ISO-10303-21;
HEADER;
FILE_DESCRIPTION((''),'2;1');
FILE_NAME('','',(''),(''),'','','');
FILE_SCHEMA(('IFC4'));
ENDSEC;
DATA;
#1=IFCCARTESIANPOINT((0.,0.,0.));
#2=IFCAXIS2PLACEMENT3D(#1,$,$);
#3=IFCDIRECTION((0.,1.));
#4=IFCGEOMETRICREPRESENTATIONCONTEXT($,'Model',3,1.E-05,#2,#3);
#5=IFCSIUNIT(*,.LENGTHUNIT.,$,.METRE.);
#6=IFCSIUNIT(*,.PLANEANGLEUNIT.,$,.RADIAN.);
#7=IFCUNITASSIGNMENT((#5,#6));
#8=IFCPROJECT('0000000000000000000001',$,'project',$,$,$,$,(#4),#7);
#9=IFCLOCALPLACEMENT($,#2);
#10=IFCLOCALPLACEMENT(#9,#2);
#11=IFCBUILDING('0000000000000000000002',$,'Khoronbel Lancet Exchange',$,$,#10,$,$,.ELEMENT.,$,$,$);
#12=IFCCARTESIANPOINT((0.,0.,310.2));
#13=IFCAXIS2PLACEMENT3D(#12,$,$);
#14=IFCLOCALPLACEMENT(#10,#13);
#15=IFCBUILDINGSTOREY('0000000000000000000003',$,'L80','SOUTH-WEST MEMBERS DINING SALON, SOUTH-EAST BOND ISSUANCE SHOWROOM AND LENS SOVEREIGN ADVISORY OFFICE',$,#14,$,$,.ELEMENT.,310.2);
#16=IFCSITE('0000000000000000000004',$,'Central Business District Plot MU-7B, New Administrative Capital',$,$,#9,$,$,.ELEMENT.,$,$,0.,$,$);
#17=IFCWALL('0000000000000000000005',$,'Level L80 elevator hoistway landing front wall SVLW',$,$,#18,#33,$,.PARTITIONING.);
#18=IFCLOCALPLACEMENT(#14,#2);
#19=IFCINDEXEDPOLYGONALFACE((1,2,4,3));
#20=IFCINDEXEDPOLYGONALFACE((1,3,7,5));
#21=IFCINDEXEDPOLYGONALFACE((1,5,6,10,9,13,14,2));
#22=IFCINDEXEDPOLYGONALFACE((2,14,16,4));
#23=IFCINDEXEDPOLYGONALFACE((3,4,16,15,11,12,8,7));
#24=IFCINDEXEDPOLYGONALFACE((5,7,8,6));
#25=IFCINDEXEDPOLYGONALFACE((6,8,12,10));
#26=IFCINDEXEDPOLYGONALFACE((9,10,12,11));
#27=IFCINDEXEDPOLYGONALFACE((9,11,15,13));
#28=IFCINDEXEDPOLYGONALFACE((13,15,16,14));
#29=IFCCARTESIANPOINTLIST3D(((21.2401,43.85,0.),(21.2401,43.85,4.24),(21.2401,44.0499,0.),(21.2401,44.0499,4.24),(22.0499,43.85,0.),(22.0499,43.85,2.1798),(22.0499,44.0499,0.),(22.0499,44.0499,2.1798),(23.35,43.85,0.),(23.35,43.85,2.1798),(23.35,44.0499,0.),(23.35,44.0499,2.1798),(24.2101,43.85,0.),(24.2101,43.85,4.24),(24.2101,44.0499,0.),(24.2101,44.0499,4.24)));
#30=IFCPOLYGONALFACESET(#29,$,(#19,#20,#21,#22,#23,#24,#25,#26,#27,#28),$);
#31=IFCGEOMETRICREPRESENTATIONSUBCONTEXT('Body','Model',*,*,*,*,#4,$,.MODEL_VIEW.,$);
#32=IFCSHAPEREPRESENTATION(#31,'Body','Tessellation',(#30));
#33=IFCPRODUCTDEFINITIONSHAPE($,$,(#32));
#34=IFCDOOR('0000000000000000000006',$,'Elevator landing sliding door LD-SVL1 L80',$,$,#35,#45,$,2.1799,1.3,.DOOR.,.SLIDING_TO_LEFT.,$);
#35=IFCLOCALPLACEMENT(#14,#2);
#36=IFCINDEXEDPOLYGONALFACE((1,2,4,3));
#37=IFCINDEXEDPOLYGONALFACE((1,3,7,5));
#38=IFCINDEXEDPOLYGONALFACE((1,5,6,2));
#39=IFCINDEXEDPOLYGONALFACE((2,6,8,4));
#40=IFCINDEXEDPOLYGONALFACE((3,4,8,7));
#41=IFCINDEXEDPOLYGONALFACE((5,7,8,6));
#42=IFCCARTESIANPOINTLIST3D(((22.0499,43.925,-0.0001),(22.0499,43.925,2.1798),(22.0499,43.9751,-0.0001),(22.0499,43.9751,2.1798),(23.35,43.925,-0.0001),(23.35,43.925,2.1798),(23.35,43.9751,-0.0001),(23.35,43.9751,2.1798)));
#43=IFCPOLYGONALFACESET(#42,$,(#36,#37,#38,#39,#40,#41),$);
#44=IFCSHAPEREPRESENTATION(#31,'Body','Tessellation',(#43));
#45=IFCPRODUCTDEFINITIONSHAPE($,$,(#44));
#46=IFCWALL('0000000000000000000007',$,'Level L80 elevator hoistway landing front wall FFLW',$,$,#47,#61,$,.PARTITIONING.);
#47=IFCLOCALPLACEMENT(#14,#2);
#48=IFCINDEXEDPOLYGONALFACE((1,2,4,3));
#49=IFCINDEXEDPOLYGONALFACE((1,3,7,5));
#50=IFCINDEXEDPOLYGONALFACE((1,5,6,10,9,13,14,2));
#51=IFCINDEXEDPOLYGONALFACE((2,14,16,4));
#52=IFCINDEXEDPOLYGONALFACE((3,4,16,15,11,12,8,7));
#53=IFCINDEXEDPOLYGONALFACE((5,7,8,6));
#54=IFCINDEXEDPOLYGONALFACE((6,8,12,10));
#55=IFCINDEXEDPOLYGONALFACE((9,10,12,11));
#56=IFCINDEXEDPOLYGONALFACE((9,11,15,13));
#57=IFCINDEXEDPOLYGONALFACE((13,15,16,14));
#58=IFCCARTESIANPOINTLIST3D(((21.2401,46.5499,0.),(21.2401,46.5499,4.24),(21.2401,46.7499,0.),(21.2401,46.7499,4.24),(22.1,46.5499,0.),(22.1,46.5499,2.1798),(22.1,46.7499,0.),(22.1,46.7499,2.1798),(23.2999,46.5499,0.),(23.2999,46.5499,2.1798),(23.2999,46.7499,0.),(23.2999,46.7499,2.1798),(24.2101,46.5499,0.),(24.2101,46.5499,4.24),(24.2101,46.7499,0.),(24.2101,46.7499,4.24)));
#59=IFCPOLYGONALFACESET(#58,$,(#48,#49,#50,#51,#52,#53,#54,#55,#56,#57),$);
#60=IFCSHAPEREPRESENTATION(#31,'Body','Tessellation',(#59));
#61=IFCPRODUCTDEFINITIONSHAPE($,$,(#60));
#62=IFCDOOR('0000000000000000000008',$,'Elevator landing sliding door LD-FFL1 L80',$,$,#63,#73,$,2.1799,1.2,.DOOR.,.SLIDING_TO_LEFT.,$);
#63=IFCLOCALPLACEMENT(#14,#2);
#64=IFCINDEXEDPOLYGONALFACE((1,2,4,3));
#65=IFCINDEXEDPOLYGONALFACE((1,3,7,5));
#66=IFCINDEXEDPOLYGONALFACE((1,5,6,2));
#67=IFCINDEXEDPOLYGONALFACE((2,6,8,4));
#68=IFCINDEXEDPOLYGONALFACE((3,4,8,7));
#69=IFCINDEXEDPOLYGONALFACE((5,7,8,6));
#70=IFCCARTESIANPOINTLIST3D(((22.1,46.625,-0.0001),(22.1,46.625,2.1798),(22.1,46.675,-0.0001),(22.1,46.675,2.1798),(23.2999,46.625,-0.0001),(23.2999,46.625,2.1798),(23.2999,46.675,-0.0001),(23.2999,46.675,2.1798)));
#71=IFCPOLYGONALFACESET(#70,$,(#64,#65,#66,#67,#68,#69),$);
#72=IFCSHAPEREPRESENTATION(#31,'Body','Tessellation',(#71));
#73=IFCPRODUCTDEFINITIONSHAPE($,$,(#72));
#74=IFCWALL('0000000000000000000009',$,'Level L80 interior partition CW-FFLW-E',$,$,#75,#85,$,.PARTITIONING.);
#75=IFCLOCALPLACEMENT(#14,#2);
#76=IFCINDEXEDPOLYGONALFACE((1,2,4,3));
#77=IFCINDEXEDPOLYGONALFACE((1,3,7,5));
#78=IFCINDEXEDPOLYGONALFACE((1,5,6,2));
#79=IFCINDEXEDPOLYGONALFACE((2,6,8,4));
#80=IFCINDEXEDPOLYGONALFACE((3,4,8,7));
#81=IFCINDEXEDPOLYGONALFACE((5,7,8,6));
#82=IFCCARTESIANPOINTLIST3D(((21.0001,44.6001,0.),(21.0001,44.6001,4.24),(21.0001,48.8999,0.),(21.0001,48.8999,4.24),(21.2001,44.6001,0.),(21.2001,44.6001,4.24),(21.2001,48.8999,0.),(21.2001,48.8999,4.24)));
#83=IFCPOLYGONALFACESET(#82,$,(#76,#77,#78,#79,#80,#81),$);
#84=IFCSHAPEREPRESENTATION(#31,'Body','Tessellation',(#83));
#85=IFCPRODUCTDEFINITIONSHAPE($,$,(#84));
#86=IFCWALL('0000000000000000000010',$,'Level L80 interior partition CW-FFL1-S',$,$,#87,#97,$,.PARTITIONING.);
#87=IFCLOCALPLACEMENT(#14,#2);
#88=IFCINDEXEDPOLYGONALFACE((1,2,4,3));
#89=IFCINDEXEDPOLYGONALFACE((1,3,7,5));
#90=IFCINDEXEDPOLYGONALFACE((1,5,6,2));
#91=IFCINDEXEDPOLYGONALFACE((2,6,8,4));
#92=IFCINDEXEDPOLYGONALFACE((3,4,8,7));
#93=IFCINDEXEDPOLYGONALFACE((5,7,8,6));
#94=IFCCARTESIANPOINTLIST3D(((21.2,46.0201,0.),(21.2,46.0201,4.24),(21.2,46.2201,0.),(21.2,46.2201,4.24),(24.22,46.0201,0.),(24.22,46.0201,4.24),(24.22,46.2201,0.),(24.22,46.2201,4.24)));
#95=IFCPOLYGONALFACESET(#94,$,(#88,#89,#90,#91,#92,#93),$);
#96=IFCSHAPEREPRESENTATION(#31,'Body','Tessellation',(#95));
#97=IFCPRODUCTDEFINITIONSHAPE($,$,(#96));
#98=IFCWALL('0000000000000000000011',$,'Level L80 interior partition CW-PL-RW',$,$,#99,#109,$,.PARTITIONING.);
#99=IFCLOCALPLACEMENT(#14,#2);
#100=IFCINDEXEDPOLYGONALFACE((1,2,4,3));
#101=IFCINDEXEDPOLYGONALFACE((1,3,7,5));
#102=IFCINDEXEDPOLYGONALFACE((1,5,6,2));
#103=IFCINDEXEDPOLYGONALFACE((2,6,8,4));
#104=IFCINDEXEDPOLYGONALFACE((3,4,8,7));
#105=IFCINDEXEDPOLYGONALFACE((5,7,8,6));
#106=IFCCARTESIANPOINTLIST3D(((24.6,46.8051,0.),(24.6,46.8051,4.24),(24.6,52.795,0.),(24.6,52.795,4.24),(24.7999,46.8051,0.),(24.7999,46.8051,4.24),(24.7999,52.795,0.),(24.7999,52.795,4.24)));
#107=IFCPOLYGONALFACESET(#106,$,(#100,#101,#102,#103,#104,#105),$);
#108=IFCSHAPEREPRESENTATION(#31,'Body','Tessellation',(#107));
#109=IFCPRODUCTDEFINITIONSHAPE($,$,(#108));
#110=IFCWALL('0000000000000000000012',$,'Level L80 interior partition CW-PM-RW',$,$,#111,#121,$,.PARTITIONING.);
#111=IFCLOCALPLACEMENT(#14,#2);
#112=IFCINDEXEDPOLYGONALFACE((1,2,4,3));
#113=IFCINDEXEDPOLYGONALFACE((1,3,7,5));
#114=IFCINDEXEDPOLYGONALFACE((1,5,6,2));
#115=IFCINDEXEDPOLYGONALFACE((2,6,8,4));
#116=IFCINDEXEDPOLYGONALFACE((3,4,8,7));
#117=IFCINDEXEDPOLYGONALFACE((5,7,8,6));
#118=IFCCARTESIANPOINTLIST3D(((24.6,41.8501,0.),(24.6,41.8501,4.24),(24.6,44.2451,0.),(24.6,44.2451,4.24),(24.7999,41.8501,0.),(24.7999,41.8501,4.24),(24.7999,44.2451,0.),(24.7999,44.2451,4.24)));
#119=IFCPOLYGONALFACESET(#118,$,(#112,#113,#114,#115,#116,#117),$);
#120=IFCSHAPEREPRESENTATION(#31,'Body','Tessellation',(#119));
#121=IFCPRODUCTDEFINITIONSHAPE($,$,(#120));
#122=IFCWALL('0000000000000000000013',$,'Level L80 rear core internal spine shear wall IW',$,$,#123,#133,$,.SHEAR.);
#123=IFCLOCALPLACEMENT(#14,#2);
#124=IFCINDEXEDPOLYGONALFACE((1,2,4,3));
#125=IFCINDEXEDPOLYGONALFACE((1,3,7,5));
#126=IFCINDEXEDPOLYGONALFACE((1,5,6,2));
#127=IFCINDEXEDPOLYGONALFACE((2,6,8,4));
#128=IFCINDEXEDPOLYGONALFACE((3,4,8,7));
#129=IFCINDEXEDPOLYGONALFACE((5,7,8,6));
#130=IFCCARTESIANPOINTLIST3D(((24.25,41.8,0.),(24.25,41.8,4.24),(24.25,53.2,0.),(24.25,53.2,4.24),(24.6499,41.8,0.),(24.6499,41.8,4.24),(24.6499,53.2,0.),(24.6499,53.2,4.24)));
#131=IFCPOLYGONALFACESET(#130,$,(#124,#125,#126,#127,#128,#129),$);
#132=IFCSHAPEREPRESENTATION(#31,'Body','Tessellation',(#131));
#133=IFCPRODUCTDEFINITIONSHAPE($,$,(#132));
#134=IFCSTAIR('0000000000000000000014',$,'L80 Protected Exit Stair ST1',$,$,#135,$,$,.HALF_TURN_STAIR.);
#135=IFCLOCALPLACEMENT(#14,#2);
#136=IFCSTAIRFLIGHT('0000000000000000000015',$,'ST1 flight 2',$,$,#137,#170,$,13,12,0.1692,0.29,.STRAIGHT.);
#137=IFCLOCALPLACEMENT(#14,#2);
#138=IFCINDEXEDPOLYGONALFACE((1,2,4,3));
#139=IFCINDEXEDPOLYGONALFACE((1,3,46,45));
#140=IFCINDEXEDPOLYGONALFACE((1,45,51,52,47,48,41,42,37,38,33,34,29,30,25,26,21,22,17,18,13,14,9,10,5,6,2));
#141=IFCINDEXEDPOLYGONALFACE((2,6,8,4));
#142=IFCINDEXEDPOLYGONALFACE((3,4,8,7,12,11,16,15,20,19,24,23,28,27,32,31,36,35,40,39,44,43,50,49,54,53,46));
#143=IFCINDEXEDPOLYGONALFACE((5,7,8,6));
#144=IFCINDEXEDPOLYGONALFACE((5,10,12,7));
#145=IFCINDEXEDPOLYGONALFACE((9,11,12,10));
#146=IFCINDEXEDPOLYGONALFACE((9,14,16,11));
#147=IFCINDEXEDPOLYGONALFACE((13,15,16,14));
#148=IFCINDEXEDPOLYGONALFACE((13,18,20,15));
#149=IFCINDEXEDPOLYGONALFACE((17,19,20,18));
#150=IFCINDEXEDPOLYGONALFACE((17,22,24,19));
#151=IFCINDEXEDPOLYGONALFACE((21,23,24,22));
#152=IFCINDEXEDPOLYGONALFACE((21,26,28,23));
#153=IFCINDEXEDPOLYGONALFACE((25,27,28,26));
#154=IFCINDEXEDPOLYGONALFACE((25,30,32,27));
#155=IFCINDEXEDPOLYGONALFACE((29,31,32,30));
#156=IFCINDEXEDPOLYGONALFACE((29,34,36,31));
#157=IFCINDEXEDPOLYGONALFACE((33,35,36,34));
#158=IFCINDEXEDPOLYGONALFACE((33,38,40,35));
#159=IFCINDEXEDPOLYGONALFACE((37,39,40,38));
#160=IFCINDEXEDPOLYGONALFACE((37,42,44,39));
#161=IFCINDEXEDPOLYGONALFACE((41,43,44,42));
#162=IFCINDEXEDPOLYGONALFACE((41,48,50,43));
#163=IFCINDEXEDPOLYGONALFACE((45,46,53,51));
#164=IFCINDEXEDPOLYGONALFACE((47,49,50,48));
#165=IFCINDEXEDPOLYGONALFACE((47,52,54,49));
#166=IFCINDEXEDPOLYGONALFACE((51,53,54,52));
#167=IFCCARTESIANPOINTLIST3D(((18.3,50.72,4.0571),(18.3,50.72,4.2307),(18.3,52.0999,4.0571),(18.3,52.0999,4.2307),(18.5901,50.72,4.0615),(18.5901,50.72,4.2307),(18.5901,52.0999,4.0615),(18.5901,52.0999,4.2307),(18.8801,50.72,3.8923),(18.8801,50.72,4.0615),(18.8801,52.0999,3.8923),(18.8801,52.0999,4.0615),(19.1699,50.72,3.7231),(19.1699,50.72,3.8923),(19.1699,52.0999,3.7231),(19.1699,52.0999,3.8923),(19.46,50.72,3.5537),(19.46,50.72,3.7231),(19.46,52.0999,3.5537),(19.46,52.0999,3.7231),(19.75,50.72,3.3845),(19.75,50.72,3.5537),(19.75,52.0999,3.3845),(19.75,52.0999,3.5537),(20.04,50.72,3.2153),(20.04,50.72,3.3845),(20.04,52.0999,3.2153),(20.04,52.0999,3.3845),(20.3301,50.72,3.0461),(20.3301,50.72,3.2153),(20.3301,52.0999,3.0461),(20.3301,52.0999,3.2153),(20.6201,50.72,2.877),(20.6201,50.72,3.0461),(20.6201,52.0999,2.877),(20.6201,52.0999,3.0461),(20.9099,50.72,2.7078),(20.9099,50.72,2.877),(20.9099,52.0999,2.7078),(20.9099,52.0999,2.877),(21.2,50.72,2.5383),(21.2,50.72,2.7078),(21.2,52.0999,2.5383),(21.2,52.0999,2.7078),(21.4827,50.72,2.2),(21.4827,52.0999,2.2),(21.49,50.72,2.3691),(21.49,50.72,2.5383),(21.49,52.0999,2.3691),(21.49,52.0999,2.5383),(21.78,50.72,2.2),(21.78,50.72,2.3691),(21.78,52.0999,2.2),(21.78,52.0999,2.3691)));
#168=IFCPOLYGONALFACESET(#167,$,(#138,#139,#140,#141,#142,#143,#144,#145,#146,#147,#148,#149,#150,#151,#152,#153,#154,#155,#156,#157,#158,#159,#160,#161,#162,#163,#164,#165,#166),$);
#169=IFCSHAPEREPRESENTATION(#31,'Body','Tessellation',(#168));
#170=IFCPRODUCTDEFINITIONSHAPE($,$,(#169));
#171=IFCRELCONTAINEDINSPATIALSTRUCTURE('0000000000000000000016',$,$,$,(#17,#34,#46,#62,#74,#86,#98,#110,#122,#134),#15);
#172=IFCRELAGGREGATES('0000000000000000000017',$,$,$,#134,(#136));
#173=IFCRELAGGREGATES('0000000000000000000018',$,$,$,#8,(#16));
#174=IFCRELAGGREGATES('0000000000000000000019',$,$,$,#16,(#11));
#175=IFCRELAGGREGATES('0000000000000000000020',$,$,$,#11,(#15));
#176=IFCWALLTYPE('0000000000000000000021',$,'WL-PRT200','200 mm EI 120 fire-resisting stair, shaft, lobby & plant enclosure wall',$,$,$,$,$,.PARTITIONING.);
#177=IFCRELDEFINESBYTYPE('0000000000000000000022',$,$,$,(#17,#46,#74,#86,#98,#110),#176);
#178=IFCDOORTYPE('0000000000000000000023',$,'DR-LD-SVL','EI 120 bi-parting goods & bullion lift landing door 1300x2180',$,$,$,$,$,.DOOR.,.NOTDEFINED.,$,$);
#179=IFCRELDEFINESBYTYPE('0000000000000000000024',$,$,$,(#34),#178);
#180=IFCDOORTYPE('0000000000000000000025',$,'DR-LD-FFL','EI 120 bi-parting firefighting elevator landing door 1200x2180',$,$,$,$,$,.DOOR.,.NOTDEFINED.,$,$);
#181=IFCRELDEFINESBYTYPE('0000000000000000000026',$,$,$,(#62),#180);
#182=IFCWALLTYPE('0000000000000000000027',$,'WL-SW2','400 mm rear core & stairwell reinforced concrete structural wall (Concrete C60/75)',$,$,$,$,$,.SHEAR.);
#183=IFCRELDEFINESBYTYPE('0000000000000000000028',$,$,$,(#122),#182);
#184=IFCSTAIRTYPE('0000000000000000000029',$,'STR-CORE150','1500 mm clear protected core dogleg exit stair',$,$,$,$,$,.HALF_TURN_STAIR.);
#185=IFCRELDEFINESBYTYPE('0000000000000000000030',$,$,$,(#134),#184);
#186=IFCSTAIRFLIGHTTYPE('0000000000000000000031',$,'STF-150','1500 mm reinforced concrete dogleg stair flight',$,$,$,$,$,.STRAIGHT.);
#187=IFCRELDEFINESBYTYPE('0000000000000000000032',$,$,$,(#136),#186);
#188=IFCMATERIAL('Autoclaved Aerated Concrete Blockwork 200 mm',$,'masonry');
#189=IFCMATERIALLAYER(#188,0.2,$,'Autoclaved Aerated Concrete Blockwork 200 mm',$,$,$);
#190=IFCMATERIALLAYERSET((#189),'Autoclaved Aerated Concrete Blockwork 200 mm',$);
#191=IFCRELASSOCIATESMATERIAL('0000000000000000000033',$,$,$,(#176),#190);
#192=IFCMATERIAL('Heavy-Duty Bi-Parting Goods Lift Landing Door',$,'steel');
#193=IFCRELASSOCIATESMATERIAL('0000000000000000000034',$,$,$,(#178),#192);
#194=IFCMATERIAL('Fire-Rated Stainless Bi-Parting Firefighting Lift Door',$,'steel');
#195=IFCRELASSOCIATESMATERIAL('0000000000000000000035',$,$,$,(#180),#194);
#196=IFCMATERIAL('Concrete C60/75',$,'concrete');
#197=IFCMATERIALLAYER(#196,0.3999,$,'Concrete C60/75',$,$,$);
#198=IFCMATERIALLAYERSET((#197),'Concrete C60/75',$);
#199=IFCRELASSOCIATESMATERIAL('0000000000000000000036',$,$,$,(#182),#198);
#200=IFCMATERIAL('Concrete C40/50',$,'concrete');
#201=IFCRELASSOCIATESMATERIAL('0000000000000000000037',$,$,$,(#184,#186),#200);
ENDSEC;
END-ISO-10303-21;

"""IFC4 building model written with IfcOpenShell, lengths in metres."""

from ifc_helpers import new_model, si_unit, direction, frame, frame_2d, origin, place, context, subcontext, project, spatial, polyline, rectangle, outline, extrude, material, layer, layer_set, type_object, element, fill, aggregate, save


model = new_model("IFC4")

# Units and contexts
model_context = context("Model", 3, precision=1e-05, world=origin(), true_north=direction((0.0, 1.0)))
body_context = subcontext(model_context, "Body", "Model", "MODEL_VIEW")
ifc_project = project(units=[si_unit("LENGTHUNIT", "METRE"), si_unit("PLANEANGLEUNIT", "RADIAN")], contexts=[model_context])

# Site, building, storey
site_placement = place(None, origin())
site = spatial("IfcSite", under=ifc_project, at=site_placement, Name="Central Business District Plot MU-7B, New Administrative Capital", CompositionType="ELEMENT", RefElevation=0.0)
building_placement = place(site_placement, origin())
building = spatial("IfcBuilding", under=site, at=building_placement, Name="Khoronbel Lancet Exchange", CompositionType="ELEMENT")
storey_placement = place(building_placement, frame((0.0, 0.0, 310.2)))
storey = spatial("IfcBuildingStorey", under=building, at=storey_placement, Name="L80", Description="SOUTH-WEST MEMBERS DINING SALON, SOUTH-EAST BOND ISSUANCE SHOWROOM AND LENS SOVEREIGN ADVISORY OFFICE", CompositionType="ELEMENT", Elevation=310.2)

# Shared definitions
ifc_material_1 = material(Name="Concrete C60/75", Category="concrete")

# Walls, openings, doors
ifc_material_2 = material(Name="Autoclaved Aerated Concrete Blockwork 200 mm", Category="masonry")
ifc_layer_1 = layer(ifc_material_2, 0.2, Name="Autoclaved Aerated Concrete Blockwork 200 mm")
ifc_layer_set_1 = layer_set([ifc_layer_1], Name="Autoclaved Aerated Concrete Blockwork 200 mm")
wall_type_1 = type_object("IfcWallType", Name="WL-PRT200", Description="200 mm EI 120 fire-resisting stair, shaft, lobby & plant enclosure wall", PredefinedType="PARTITIONING", material=ifc_layer_set_1)
wall_1_placement = place(storey_placement, frame((24.21, 43.95, 0.0), z_axis=(0.0, 0.0, 1.0), x_axis=(-1.0, 0.0, 0.0)))
wall_1 = element("IfcWall", 1, at=wall_1_placement, inside=storey, type_object=wall_type_1, Name="Level L80 elevator hoistway landing front wall SVLW", PredefinedType="PARTITIONING", context=body_context, shape_type="SweptSolid", body=[
    extrude(rectangle(XDim=2.97, YDim=0.2, at=frame_2d((1.4849, 0.0))), origin(), (0.0, 0.0, 1.0), 4.24),
])
opening_1_placement = place(wall_1_placement, frame((0.8601, 0.0, 0.0)))
opening_1 = element("IfcOpeningElement", 2, at=opening_1_placement, cuts=wall_1, PredefinedType="OPENING", context=body_context, shape_type="SweptSolid", body=[
    extrude(rectangle(XDim=1.3, YDim=2.1799, at=frame_2d((0.6499, 1.0898))), frame((0.0, 0.1099, 0.0), z_axis=(0.0, -1.0, 0.0), x_axis=(1.0, 0.0, 0.0)), (0.0, 0.0, 1.0), 0.22),
])
ifc_material_3 = material(Name="Heavy-Duty Bi-Parting Goods Lift Landing Door", Category="steel")
door_type_1 = type_object("IfcDoorType", Name="DR-LD-SVL", Description="EI 120 bi-parting goods & bullion lift landing door 1300x2180", OperationType="NOTDEFINED", PredefinedType="DOOR", material=ifc_material_3)
door_1_placement = place(opening_1_placement, origin())
door_1 = element("IfcDoor", 3, at=door_1_placement, inside=storey, type_object=door_type_1, Name="Elevator landing sliding door LD-SVL1 L80", OperationType="SLIDING_TO_LEFT", OverallHeight=2.1799, OverallWidth=1.3, PredefinedType="DOOR", context=body_context, shape_type="SweptSolid", body=[
    extrude(rectangle(XDim=1.3, YDim=2.1799, at=frame_2d((0.6499, 1.0898))), frame((0.0, 0.0249, 0.0), z_axis=(0.0, -1.0, 0.0), x_axis=(1.0, 0.0, 0.0)), (0.0, 0.0, 1.0), 0.05),
])
fill(opening_1, door_1)
wall_2_placement = place(storey_placement, frame((24.21, 46.6499, 0.0), z_axis=(0.0, 0.0, 1.0), x_axis=(-1.0, 0.0, 0.0)))
wall_2 = element("IfcWall", 4, at=wall_2_placement, inside=storey, type_object=wall_type_1, Name="Level L80 elevator hoistway landing front wall FFLW", PredefinedType="PARTITIONING", context=body_context, shape_type="SweptSolid", body=[
    extrude(rectangle(XDim=2.97, YDim=0.2, at=frame_2d((1.4849, 0.0))), origin(), (0.0, 0.0, 1.0), 4.24),
])
opening_2_placement = place(wall_2_placement, frame((0.9099, 0.0, 0.0)))
opening_2 = element("IfcOpeningElement", 5, at=opening_2_placement, cuts=wall_2, PredefinedType="OPENING", context=body_context, shape_type="SweptSolid", body=[
    extrude(rectangle(XDim=1.2, YDim=2.1799, at=frame_2d((0.6001, 1.0898))), frame((0.0, 0.1099, 0.0), z_axis=(0.0, -1.0, 0.0), x_axis=(1.0, 0.0, 0.0)), (0.0, 0.0, 1.0), 0.22),
])
ifc_material_4 = material(Name="Fire-Rated Stainless Bi-Parting Firefighting Lift Door", Category="steel")
door_type_2 = type_object("IfcDoorType", Name="DR-LD-FFL", Description="EI 120 bi-parting firefighting elevator landing door 1200x2180", OperationType="NOTDEFINED", PredefinedType="DOOR", material=ifc_material_4)
door_2_placement = place(opening_2_placement, origin())
door_2 = element("IfcDoor", 6, at=door_2_placement, inside=storey, type_object=door_type_2, Name="Elevator landing sliding door LD-FFL1 L80", OperationType="SLIDING_TO_LEFT", OverallHeight=2.1799, OverallWidth=1.2, PredefinedType="DOOR", context=body_context, shape_type="SweptSolid", body=[
    extrude(rectangle(XDim=1.2, YDim=2.1799, at=frame_2d((0.6001, 1.0898))), frame((0.0, 0.0249, 0.0), z_axis=(0.0, -1.0, 0.0), x_axis=(1.0, 0.0, 0.0)), (0.0, 0.0, 1.0), 0.05),
])
fill(opening_2, door_2)

# Walls
wall_3_placement = place(storey_placement, frame((21.1001, 44.6001, 0.0), z_axis=(0.0, 0.0, 1.0), x_axis=(0.0, 1.0, 0.0)))
element("IfcWall", 7, at=wall_3_placement, inside=storey, type_object=wall_type_1, Name="Level L80 interior partition CW-FFLW-E", PredefinedType="PARTITIONING", context=body_context, shape_type="SweptSolid", body=[
    extrude(rectangle(XDim=4.2998, YDim=0.2, at=frame_2d((2.1499, 0.0))), origin(), (0.0, 0.0, 1.0), 4.24),
])
wall_4_placement = place(storey_placement, frame((21.2, 46.1201, 0.0), z_axis=(0.0, 0.0, 1.0), x_axis=(1.0, 0.0, 0.0)))
element("IfcWall", 8, at=wall_4_placement, inside=storey, type_object=wall_type_1, Name="Level L80 interior partition CW-FFL1-S", PredefinedType="PARTITIONING", context=body_context, shape_type="SweptSolid", body=[
    extrude(rectangle(XDim=3.02, YDim=0.2, at=frame_2d((1.51, 0.0))), origin(), (0.0, 0.0, 1.0), 4.24),
])

# Walls
wall_5_placement = place(storey_placement, frame((24.7, 46.8049, 0.0), z_axis=(0.0, 0.0, 1.0), x_axis=(0.0, 1.0, 0.0)))
element("IfcWall", 9, at=wall_5_placement, inside=storey, type_object=wall_type_1, Name="Level L80 interior partition CW-PL-RW", PredefinedType="PARTITIONING", context=body_context, shape_type="SweptSolid", body=[
    extrude(rectangle(XDim=5.99, YDim=0.2, at=frame_2d((2.9951, 0.0))), origin(), (0.0, 0.0, 1.0), 4.24),
])
wall_6_placement = place(storey_placement, frame((24.7, 41.8501, 0.0), z_axis=(0.0, 0.0, 1.0), x_axis=(0.0, 1.0, 0.0)))
element("IfcWall", 10, at=wall_6_placement, inside=storey, type_object=wall_type_1, Name="Level L80 interior partition CW-PM-RW", PredefinedType="PARTITIONING", context=body_context, shape_type="SweptSolid", body=[
    extrude(rectangle(XDim=2.395, YDim=0.2, at=frame_2d((1.1975, 0.0))), origin(), (0.0, 0.0, 1.0), 4.24),
])
ifc_layer_2 = layer(ifc_material_1, 0.3999, Name="Concrete C60/75")
ifc_layer_set_2 = layer_set([ifc_layer_2], Name="Concrete C60/75")
wall_type_2 = type_object("IfcWallType", Name="WL-SW2", Description="400 mm rear core & stairwell reinforced concrete structural wall (Concrete C60/75)", PredefinedType="SHEAR", material=ifc_layer_set_2)
wall_7_placement = place(storey_placement, frame((24.45, 41.8, 0.0), z_axis=(0.0, 0.0, 1.0), x_axis=(0.0, 1.0, 0.0)))
element("IfcWall", 11, at=wall_7_placement, inside=storey, type_object=wall_type_2, Name="Level L80 rear core internal spine shear wall IW", PredefinedType="SHEAR", context=body_context, shape_type="SweptSolid", body=[
    extrude(rectangle(XDim=11.3999, YDim=0.3999, at=frame_2d((5.7, 0.0))), origin(), (0.0, 0.0, 1.0), 4.24),
])

# Stair, stair flight
ifc_material_5 = material(Name="Concrete C40/50", Category="concrete")
stair_type = type_object("IfcStairType", Name="STR-CORE150", Description="1500 mm clear protected core dogleg exit stair", PredefinedType="HALF_TURN_STAIR", material=ifc_material_5)
stair_placement = place(storey_placement, origin())
stair = element("IfcStair", 12, at=stair_placement, inside=storey, type_object=stair_type, Name="L80 Protected Exit Stair ST1", PredefinedType="HALF_TURN_STAIR")
stair_flight_type = type_object("IfcStairFlightType", Name="STF-150", Description="1500 mm reinforced concrete dogleg stair flight", PredefinedType="STRAIGHT", material=ifc_material_5)
stair_flight_placement = place(storey_placement, frame((21.78, 51.4099, 2.2), z_axis=(0.0, 0.0, 1.0), x_axis=(-1.0, 0.0, 0.0)))
stair_flight = element("IfcStairFlight", 13, at=stair_flight_placement, type_object=stair_flight_type, Name="ST1 flight 2", NumberOfRisers=13, NumberOfTreads=12, PredefinedType="STRAIGHT", RiserHeight=0.1692, TreadLength=0.29, context=body_context, shape_type="SweptSolid", body=[
    extrude(outline(polyline([(0.0, 0.0), (0.0, 0.1692), (0.29, 0.1692), (0.29, 0.3384), (0.5801, 0.3384), (0.5801, 0.5078), (0.8701, 0.5078), (0.8701, 0.677), (1.1599, 0.677), (1.1599, 0.8462), (1.45, 0.8462), (1.45, 1.0154), (1.74, 1.0154), (1.74, 1.1846), (2.03, 1.1846), (2.03, 1.3538), (2.3201, 1.3538), (2.3201, 1.5232), (2.6101, 1.5232), (2.6101, 1.6924), (2.8999, 1.6924), (2.8999, 1.8616), (3.1899, 1.8616), (3.1899, 2.0308), (3.48, 2.0308), (3.48, 2.2), (3.48, 1.8572), (0.2974, 0.0), (0.0, 0.0)])), frame((0.0, 0.6899, 0.0), z_axis=(0.0, -1.0, 0.0), x_axis=(1.0, 0.0, 0.0)), (0.0, 0.0, 1.0), 1.3799),
])
aggregate(stair, [stair_flight])

save(model, "model.ifc")
